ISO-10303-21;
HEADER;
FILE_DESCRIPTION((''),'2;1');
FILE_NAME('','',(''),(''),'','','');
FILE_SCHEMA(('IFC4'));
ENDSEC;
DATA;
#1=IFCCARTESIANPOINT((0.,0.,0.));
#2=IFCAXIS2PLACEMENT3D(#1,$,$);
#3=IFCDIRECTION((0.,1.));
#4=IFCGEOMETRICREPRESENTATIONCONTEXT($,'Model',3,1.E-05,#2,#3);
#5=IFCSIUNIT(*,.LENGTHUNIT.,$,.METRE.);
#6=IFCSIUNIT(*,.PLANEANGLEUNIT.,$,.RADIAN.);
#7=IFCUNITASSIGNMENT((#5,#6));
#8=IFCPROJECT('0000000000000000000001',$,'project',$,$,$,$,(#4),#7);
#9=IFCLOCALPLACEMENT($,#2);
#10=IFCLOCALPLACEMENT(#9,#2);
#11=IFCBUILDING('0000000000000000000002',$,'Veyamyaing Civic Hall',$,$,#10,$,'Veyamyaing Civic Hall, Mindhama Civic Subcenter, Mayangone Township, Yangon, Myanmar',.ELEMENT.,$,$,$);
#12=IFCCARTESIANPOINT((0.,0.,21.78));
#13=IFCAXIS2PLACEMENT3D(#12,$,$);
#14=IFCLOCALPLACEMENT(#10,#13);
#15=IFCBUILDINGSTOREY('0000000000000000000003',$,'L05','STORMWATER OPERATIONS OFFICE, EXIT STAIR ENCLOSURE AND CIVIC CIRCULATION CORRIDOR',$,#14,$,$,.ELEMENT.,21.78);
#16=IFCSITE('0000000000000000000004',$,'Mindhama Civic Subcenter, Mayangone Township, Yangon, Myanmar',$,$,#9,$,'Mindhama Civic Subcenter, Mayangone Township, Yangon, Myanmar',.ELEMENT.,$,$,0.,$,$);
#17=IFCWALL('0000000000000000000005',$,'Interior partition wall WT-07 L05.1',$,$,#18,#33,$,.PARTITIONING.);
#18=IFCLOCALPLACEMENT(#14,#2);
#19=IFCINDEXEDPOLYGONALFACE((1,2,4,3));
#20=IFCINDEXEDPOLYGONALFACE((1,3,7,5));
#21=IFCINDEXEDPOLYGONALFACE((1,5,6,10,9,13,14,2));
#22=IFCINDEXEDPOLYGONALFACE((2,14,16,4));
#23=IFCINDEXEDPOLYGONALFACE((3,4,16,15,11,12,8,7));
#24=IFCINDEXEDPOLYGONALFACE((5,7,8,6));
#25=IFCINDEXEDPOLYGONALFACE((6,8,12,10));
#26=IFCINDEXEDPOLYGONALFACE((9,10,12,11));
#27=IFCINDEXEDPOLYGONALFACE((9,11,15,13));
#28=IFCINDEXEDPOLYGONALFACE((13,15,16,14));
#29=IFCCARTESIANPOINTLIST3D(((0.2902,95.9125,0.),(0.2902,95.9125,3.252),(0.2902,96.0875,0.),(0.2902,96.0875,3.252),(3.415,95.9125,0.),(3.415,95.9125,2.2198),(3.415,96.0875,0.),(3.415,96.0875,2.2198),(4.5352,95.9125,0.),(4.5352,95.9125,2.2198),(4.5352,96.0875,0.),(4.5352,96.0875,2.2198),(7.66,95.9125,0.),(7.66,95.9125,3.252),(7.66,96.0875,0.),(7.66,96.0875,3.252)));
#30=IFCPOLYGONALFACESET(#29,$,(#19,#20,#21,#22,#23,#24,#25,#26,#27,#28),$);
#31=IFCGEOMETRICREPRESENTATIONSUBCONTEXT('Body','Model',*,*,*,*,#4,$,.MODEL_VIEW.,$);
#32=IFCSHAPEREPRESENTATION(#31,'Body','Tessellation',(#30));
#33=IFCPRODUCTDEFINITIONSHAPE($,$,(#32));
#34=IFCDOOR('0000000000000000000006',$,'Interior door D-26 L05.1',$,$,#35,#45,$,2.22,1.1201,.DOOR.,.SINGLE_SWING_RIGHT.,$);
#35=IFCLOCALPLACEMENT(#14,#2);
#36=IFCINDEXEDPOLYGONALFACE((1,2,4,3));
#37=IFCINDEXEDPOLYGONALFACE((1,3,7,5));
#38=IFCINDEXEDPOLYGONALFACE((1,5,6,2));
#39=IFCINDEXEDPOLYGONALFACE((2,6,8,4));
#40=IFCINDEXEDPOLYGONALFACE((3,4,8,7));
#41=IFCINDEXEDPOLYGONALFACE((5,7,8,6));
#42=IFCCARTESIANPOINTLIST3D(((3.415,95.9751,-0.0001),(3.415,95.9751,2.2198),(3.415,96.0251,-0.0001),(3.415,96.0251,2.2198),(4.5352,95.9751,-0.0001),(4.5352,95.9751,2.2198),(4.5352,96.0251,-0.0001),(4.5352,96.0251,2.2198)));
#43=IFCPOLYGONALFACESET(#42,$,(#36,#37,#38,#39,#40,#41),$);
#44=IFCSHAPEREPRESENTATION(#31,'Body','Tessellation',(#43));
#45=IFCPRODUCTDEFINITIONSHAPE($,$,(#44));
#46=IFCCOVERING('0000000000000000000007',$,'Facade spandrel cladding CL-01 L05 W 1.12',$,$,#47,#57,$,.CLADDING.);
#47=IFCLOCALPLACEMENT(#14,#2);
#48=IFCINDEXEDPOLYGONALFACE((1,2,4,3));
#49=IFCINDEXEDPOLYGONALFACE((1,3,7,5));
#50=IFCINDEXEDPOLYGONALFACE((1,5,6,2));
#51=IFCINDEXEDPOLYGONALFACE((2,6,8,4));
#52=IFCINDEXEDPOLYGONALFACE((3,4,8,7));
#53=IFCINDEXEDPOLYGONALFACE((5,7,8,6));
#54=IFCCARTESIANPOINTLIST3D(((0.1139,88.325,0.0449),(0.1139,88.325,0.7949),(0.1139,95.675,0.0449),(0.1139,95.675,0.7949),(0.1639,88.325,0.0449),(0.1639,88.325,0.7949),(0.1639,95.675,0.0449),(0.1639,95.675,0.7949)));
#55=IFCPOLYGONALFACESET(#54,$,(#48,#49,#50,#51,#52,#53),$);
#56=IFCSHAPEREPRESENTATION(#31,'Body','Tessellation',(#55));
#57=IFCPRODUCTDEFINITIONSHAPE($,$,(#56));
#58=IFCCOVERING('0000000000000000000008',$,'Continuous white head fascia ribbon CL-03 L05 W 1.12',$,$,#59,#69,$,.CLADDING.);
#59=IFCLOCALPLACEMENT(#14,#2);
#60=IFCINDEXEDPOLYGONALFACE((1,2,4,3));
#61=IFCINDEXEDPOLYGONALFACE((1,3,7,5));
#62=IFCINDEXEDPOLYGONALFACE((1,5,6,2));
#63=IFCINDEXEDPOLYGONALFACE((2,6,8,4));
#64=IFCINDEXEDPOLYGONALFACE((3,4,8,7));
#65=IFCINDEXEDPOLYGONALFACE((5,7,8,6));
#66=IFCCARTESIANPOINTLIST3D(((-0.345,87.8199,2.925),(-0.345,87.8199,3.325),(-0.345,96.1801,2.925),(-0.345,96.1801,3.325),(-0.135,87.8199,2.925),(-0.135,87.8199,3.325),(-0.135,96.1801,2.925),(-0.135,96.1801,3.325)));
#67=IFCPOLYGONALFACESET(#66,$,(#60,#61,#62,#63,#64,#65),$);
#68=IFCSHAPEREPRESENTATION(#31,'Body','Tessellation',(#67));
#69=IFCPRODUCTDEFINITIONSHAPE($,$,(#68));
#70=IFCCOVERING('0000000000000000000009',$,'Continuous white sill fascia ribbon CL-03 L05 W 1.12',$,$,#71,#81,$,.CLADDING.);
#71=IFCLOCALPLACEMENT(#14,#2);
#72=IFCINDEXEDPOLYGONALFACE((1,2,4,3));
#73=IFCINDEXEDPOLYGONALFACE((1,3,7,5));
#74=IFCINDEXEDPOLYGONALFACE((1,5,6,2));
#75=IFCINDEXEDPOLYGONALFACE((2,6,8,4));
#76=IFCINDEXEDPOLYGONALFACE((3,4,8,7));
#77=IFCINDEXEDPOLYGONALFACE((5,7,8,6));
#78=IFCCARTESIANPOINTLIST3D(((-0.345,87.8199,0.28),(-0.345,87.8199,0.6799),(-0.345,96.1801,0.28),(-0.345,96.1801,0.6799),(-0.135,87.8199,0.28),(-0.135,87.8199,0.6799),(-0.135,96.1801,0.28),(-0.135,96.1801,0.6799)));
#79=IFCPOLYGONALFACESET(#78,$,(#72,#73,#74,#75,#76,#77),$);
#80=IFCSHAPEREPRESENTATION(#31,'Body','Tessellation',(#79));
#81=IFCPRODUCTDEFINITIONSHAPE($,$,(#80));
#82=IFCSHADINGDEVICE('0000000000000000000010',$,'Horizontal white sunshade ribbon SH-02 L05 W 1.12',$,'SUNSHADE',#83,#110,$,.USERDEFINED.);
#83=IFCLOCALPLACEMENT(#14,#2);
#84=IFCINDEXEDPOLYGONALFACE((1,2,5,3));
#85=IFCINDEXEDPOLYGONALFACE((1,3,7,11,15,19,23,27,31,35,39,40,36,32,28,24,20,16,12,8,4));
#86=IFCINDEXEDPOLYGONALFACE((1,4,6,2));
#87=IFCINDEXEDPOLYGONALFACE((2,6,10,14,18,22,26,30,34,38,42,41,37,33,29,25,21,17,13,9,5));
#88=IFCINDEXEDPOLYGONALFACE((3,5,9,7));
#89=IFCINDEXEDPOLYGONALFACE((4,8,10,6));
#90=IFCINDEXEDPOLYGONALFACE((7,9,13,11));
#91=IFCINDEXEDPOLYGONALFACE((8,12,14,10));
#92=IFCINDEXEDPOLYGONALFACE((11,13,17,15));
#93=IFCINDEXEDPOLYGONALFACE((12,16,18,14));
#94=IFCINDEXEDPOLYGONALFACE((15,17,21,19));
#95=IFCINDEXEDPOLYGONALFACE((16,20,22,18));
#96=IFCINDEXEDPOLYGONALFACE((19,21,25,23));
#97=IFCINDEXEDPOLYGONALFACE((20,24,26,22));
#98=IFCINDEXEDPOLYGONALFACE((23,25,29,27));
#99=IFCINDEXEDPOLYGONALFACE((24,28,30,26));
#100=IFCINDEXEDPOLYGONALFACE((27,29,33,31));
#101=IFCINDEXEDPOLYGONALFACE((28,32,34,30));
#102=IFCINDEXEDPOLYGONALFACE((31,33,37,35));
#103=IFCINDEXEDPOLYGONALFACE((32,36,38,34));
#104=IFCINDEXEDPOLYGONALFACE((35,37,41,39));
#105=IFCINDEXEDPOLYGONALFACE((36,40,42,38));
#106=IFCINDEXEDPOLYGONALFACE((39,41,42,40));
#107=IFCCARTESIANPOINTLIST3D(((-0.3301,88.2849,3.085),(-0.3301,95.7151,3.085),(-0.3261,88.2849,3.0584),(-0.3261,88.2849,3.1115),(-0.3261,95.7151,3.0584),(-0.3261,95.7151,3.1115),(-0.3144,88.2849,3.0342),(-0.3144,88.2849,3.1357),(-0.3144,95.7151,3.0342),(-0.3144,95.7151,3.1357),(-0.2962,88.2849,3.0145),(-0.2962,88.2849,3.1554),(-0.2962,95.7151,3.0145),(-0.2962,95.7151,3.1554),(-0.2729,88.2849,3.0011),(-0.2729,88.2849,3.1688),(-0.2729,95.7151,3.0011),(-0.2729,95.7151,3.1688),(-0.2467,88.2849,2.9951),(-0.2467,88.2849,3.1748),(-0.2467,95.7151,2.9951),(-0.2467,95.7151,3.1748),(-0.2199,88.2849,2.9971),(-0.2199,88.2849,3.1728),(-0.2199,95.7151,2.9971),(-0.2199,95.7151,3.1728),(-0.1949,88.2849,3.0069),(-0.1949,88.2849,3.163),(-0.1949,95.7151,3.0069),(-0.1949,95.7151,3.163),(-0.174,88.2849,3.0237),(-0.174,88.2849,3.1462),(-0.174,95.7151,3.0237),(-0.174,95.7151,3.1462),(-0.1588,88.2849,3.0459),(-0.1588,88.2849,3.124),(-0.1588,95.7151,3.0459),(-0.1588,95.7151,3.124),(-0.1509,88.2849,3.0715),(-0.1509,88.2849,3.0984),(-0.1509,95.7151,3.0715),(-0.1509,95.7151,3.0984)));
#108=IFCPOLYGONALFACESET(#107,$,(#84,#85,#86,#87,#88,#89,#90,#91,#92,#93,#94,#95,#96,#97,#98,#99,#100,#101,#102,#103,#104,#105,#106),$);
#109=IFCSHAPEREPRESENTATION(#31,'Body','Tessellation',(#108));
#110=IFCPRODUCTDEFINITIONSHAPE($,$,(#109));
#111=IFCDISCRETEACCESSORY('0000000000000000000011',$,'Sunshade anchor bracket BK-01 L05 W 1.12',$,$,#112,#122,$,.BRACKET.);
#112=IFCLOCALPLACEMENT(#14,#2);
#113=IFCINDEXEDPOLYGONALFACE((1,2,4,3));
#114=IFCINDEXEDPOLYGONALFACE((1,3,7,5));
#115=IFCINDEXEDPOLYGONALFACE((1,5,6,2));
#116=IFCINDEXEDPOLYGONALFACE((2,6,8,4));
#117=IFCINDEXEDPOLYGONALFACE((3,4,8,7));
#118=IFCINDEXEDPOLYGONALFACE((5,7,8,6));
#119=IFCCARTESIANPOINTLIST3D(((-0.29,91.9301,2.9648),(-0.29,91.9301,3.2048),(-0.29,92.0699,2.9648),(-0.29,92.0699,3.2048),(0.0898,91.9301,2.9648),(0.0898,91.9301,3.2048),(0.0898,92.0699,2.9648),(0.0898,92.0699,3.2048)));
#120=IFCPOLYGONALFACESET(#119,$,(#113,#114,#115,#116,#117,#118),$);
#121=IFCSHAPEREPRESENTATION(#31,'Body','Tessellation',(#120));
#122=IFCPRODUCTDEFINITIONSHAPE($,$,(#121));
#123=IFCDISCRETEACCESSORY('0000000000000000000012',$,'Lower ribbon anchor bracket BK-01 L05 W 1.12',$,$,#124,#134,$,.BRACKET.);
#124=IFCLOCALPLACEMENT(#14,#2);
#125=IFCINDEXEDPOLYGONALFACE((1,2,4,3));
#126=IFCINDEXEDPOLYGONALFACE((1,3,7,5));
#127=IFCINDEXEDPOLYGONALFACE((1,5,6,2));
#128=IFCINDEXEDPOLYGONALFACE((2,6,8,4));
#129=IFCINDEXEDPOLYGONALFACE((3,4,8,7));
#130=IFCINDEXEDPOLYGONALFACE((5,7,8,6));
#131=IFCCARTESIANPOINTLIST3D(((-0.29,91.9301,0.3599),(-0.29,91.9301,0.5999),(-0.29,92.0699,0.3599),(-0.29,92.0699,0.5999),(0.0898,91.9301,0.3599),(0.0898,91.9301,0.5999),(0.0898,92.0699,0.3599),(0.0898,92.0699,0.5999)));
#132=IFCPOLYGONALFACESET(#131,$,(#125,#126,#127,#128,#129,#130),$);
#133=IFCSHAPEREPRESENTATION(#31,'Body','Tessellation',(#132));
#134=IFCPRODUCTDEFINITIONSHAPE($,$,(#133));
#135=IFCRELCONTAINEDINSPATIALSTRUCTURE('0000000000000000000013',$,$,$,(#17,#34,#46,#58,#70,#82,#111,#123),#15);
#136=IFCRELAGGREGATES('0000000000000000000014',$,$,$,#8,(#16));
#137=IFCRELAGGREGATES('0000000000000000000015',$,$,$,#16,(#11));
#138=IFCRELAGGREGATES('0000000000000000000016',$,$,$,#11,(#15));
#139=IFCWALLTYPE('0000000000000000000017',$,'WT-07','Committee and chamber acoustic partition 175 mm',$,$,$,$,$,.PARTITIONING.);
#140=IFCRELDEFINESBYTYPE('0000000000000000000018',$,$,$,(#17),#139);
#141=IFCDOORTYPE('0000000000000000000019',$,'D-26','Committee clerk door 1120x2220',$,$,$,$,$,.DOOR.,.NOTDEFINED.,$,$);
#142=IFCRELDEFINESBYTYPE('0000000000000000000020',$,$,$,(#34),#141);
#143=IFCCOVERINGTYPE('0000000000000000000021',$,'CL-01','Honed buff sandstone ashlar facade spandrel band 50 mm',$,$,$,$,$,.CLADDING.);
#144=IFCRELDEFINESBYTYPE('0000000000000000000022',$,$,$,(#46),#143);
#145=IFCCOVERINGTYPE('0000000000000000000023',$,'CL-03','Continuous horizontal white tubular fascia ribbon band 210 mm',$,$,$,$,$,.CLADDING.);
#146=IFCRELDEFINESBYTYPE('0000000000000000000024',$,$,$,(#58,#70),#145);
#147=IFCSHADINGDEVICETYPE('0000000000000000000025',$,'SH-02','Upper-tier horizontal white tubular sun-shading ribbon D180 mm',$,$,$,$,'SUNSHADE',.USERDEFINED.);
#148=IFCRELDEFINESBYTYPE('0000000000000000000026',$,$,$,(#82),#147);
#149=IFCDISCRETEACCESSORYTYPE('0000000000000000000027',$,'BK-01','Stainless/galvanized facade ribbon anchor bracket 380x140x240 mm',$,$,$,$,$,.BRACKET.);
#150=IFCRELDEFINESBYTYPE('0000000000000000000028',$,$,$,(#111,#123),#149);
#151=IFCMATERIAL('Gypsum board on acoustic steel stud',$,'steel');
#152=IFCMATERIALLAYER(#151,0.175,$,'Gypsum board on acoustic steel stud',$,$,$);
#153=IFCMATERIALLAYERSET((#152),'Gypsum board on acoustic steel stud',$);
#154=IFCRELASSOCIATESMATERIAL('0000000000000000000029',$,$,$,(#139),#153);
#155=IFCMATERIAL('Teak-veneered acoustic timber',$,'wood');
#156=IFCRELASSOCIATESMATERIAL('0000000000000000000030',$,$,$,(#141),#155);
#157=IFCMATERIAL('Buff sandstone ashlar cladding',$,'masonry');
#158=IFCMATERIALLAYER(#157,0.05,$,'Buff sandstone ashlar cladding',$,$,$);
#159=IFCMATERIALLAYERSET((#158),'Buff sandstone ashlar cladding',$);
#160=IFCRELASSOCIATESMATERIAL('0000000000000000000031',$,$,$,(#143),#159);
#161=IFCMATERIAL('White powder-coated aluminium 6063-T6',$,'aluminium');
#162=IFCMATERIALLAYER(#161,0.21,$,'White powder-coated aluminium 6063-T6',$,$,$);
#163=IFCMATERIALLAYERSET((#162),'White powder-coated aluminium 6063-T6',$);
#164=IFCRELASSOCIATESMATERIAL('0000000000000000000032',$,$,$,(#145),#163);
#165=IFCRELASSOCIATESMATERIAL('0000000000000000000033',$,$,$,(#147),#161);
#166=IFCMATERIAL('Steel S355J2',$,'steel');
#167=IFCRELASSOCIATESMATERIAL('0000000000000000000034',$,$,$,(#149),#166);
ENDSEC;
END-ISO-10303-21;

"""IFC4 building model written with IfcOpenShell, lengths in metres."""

from ifc_helpers import new_model, si_unit, direction, frame, frame_2d, origin, origin_2d, place, context, subcontext, project, spatial, rectangle, circle, extrude, material, layer, layer_set, material_profile, profile_set, type_object, element, fill, save


model = new_model("IFC4")

# Units and contexts
model_context = context("Model", 3, precision=1e-05, world=origin(), true_north=direction((0.0, 1.0)))
body_context = subcontext(model_context, "Body", "Model", "MODEL_VIEW")
ifc_project = project(units=[si_unit("LENGTHUNIT", "METRE"), si_unit("PLANEANGLEUNIT", "RADIAN")], contexts=[model_context])

# Site, building, storey
site_placement = place(None, origin())
site = spatial("IfcSite", under=ifc_project, at=site_placement, Name="Mindhama Civic Subcenter, Mayangone Township, Yangon, Myanmar", LongName="Mindhama Civic Subcenter, Mayangone Township, Yangon, Myanmar", CompositionType="ELEMENT", RefElevation=0.0)
building_placement = place(site_placement, origin())
building = spatial("IfcBuilding", under=site, at=building_placement, Name="Veyamyaing Civic Hall", LongName="Veyamyaing Civic Hall, Mindhama Civic Subcenter, Mayangone Township, Yangon, Myanmar", CompositionType="ELEMENT")
storey_placement = place(building_placement, frame((0.0, 0.0, 21.78)))
storey = spatial("IfcBuildingStorey", under=building, at=storey_placement, Name="L05", Description="STORMWATER OPERATIONS OFFICE, EXIT STAIR ENCLOSURE AND CIVIC CIRCULATION CORRIDOR", CompositionType="ELEMENT", Elevation=21.78)

# Shared definitions
ifc_material_1 = material(Name="Steel S355J2", Category="steel")

# Wall, opening, door
ifc_material_2 = material(Name="Gypsum board on acoustic steel stud", Category="steel")
ifc_layer_1 = layer(ifc_material_2, 0.175, Name="Gypsum board on acoustic steel stud")
ifc_layer_set_1 = layer_set([ifc_layer_1], Name="Gypsum board on acoustic steel stud")
wall_type_1 = type_object("IfcWallType", Name="WT-07", Description="Committee and chamber acoustic partition 175 mm", PredefinedType="PARTITIONING", material=ifc_layer_set_1)
wall_1_placement = place(storey_placement, frame((0.29, 96.0, 0.0), z_axis=(0.0, 0.0, 1.0), x_axis=(1.0, 0.0, 0.0)))
wall_1 = element("IfcWall", 1, at=wall_1_placement, inside=storey, type_object=wall_type_1, Name="Interior partition wall WT-07 L05.1", PredefinedType="PARTITIONING", context=body_context, shape_type="SweptSolid", body=[
    extrude(rectangle(XDim=7.3699, YDim=0.175, at=frame_2d((3.6851, 0.0))), origin(), (0.0, 0.0, 1.0), 3.252),
])
opening_placement = place(wall_1_placement, frame((3.125, 0.0, 0.0)))
opening = element("IfcOpeningElement", 2, at=opening_placement, cuts=wall_1, PredefinedType="OPENING", context=body_context, shape_type="SweptSolid", body=[
    extrude(rectangle(XDim=1.1201, YDim=2.22, at=frame_2d((0.5601, 1.1099))), frame((0.0, 0.0974, 0.0), z_axis=(0.0, -1.0, 0.0), x_axis=(1.0, 0.0, 0.0)), (0.0, 0.0, 1.0), 0.1951),
])
ifc_material_3 = material(Name="Teak-veneered acoustic timber", Category="wood")
door_type = type_object("IfcDoorType", Name="D-26", Description="Committee clerk door 1120x2220", OperationType="NOTDEFINED", PredefinedType="DOOR", material=ifc_material_3)
door_placement = place(opening_placement, frame((1.1201, 0.0, 0.0), z_axis=(0.0, 0.0, 1.0), x_axis=(-1.0, 0.0, 0.0)))
door = element("IfcDoor", 3, at=door_placement, inside=storey, type_object=door_type, Name="Interior door D-26 L05.1", OperationType="SINGLE_SWING_RIGHT", OverallHeight=2.22, OverallWidth=1.1201, PredefinedType="DOOR", context=body_context, shape_type="SweptSolid", body=[
    extrude(rectangle(XDim=1.1201, YDim=2.22, at=frame_2d((0.5601, 1.1099))), frame((0.0, 0.0249, 0.0), z_axis=(0.0, -1.0, 0.0), x_axis=(1.0, 0.0, 0.0)), (0.0, 0.0, 1.0), 0.05),
])
fill(opening, door)

# Coverings
ifc_material_4 = material(Name="Buff sandstone ashlar cladding", Category="masonry")
ifc_layer_2 = layer(ifc_material_4, 0.05, Name="Buff sandstone ashlar cladding")
ifc_layer_set_2 = layer_set([ifc_layer_2], Name="Buff sandstone ashlar cladding")
covering_type_1 = type_object("IfcCoveringType", Name="CL-01", Description="Honed buff sandstone ashlar facade spandrel band 50 mm", PredefinedType="CLADDING", material=ifc_layer_set_2)
covering_placement = place(storey_placement, frame((0.1389, 92.0, 0.0449), z_axis=(0.0, 0.0, 1.0), x_axis=(0.0, 1.0, 0.0)))
element("IfcCovering", 4, at=covering_placement, inside=storey, type_object=covering_type_1, Name="Facade spandrel cladding CL-01 L05 W 1.12", PredefinedType="CLADDING", context=body_context, shape_type="SweptSolid", body=[
    extrude(rectangle(XDim=7.3501, YDim=0.05, at=origin_2d()), origin(), (0.0, 0.0, 1.0), 0.75),
])
ifc_material_5 = material(Name="White powder-coated aluminium 6063-T6", Category="aluminium")
ifc_layer_3 = layer(ifc_material_5, 0.21, Name="White powder-coated aluminium 6063-T6")
ifc_layer_set_3 = layer_set([ifc_layer_3], Name="White powder-coated aluminium 6063-T6")
covering_type_2 = type_object("IfcCoveringType", Name="CL-03", Description="Continuous horizontal white tubular fascia ribbon band 210 mm", PredefinedType="CLADDING", material=ifc_layer_set_3)
for number, where, z_axis, x_axis, name in (
    (5, (-0.24, 92.0, 2.925), (0.0, 0.0, 1.0), (0.0, 1.0, 0.0), "Continuous white head fascia ribbon CL-03 L05 W 1.12"),
    (6, (-0.24, 92.0, 0.28), (0.0, 0.0, 1.0), (0.0, 1.0, 0.0), "Continuous white sill fascia ribbon CL-03 L05 W 1.12"),
):
    element("IfcCovering", number, at=place(storey_placement, frame(where, z_axis=z_axis, x_axis=x_axis)), inside=storey, type_object=covering_type_2, Name=name, PredefinedType="CLADDING", context=body_context, shape_type="SweptSolid", body=[
        extrude(rectangle(XDim=8.3601, YDim=0.21, at=origin_2d()), origin(), (0.0, 0.0, 1.0), 0.3999),
    ])

# Shading device
ifc_material_profile_1 = material_profile(ifc_material_5, circle(Radius=0.0901, at=origin_2d()), Name="SHADE-TUBE-180")
ifc_profile_set_1 = profile_set([ifc_material_profile_1], Name="White powder-coated aluminium 6063-T6")
shading_device_type = type_object("IfcShadingDeviceType", Name="SH-02", Description="Upper-tier horizontal white tubular sun-shading ribbon D180 mm", ElementType="SUNSHADE", PredefinedType="USERDEFINED", material=ifc_profile_set_1)
shading_device_placement = place(storey_placement, frame((-0.24, 88.2849, 3.085), z_axis=(0.0, 1.0, 0.0), x_axis=(-1.0, 0.0, 0.0)))
element("IfcShadingDevice", 7, at=shading_device_placement, inside=storey, type_object=shading_device_type, Name="Horizontal white sunshade ribbon SH-02 L05 W 1.12", ObjectType="SUNSHADE", PredefinedType="USERDEFINED", context=body_context, shape_type="SweptSolid", body=[
    extrude(circle(Radius=0.0901, at=origin_2d()), origin(), (0.0, 0.0, 1.0), 7.4302),
])

# Discrete accessories
discrete_accessory_type = type_object("IfcDiscreteAccessoryType", Name="BK-01", Description="Stainless/galvanized facade ribbon anchor bracket 380x140x240 mm", PredefinedType="BRACKET", material=ifc_material_1)
for number, where, z_axis, x_axis, name in (
    (8, (-0.1001, 92.0, 2.9648), (0.0, 0.0, 1.0), (-1.0, 0.0, 0.0), "Sunshade anchor bracket BK-01 L05 W 1.12"),
    (9, (-0.1001, 92.0, 0.3599), (0.0, 0.0, 1.0), (-1.0, 0.0, 0.0), "Lower ribbon anchor bracket BK-01 L05 W 1.12"),
):
    element("IfcDiscreteAccessory", number, at=place(storey_placement, frame(where, z_axis=z_axis, x_axis=x_axis)), inside=storey, type_object=discrete_accessory_type, Name=name, PredefinedType="BRACKET", context=body_context, shape_type="SweptSolid", body=[
        extrude(rectangle(XDim=0.3799, YDim=0.1399, at=origin_2d()), origin(), (0.0, 0.0, 1.0), 0.24),
    ])

save(model, "model.ifc")
